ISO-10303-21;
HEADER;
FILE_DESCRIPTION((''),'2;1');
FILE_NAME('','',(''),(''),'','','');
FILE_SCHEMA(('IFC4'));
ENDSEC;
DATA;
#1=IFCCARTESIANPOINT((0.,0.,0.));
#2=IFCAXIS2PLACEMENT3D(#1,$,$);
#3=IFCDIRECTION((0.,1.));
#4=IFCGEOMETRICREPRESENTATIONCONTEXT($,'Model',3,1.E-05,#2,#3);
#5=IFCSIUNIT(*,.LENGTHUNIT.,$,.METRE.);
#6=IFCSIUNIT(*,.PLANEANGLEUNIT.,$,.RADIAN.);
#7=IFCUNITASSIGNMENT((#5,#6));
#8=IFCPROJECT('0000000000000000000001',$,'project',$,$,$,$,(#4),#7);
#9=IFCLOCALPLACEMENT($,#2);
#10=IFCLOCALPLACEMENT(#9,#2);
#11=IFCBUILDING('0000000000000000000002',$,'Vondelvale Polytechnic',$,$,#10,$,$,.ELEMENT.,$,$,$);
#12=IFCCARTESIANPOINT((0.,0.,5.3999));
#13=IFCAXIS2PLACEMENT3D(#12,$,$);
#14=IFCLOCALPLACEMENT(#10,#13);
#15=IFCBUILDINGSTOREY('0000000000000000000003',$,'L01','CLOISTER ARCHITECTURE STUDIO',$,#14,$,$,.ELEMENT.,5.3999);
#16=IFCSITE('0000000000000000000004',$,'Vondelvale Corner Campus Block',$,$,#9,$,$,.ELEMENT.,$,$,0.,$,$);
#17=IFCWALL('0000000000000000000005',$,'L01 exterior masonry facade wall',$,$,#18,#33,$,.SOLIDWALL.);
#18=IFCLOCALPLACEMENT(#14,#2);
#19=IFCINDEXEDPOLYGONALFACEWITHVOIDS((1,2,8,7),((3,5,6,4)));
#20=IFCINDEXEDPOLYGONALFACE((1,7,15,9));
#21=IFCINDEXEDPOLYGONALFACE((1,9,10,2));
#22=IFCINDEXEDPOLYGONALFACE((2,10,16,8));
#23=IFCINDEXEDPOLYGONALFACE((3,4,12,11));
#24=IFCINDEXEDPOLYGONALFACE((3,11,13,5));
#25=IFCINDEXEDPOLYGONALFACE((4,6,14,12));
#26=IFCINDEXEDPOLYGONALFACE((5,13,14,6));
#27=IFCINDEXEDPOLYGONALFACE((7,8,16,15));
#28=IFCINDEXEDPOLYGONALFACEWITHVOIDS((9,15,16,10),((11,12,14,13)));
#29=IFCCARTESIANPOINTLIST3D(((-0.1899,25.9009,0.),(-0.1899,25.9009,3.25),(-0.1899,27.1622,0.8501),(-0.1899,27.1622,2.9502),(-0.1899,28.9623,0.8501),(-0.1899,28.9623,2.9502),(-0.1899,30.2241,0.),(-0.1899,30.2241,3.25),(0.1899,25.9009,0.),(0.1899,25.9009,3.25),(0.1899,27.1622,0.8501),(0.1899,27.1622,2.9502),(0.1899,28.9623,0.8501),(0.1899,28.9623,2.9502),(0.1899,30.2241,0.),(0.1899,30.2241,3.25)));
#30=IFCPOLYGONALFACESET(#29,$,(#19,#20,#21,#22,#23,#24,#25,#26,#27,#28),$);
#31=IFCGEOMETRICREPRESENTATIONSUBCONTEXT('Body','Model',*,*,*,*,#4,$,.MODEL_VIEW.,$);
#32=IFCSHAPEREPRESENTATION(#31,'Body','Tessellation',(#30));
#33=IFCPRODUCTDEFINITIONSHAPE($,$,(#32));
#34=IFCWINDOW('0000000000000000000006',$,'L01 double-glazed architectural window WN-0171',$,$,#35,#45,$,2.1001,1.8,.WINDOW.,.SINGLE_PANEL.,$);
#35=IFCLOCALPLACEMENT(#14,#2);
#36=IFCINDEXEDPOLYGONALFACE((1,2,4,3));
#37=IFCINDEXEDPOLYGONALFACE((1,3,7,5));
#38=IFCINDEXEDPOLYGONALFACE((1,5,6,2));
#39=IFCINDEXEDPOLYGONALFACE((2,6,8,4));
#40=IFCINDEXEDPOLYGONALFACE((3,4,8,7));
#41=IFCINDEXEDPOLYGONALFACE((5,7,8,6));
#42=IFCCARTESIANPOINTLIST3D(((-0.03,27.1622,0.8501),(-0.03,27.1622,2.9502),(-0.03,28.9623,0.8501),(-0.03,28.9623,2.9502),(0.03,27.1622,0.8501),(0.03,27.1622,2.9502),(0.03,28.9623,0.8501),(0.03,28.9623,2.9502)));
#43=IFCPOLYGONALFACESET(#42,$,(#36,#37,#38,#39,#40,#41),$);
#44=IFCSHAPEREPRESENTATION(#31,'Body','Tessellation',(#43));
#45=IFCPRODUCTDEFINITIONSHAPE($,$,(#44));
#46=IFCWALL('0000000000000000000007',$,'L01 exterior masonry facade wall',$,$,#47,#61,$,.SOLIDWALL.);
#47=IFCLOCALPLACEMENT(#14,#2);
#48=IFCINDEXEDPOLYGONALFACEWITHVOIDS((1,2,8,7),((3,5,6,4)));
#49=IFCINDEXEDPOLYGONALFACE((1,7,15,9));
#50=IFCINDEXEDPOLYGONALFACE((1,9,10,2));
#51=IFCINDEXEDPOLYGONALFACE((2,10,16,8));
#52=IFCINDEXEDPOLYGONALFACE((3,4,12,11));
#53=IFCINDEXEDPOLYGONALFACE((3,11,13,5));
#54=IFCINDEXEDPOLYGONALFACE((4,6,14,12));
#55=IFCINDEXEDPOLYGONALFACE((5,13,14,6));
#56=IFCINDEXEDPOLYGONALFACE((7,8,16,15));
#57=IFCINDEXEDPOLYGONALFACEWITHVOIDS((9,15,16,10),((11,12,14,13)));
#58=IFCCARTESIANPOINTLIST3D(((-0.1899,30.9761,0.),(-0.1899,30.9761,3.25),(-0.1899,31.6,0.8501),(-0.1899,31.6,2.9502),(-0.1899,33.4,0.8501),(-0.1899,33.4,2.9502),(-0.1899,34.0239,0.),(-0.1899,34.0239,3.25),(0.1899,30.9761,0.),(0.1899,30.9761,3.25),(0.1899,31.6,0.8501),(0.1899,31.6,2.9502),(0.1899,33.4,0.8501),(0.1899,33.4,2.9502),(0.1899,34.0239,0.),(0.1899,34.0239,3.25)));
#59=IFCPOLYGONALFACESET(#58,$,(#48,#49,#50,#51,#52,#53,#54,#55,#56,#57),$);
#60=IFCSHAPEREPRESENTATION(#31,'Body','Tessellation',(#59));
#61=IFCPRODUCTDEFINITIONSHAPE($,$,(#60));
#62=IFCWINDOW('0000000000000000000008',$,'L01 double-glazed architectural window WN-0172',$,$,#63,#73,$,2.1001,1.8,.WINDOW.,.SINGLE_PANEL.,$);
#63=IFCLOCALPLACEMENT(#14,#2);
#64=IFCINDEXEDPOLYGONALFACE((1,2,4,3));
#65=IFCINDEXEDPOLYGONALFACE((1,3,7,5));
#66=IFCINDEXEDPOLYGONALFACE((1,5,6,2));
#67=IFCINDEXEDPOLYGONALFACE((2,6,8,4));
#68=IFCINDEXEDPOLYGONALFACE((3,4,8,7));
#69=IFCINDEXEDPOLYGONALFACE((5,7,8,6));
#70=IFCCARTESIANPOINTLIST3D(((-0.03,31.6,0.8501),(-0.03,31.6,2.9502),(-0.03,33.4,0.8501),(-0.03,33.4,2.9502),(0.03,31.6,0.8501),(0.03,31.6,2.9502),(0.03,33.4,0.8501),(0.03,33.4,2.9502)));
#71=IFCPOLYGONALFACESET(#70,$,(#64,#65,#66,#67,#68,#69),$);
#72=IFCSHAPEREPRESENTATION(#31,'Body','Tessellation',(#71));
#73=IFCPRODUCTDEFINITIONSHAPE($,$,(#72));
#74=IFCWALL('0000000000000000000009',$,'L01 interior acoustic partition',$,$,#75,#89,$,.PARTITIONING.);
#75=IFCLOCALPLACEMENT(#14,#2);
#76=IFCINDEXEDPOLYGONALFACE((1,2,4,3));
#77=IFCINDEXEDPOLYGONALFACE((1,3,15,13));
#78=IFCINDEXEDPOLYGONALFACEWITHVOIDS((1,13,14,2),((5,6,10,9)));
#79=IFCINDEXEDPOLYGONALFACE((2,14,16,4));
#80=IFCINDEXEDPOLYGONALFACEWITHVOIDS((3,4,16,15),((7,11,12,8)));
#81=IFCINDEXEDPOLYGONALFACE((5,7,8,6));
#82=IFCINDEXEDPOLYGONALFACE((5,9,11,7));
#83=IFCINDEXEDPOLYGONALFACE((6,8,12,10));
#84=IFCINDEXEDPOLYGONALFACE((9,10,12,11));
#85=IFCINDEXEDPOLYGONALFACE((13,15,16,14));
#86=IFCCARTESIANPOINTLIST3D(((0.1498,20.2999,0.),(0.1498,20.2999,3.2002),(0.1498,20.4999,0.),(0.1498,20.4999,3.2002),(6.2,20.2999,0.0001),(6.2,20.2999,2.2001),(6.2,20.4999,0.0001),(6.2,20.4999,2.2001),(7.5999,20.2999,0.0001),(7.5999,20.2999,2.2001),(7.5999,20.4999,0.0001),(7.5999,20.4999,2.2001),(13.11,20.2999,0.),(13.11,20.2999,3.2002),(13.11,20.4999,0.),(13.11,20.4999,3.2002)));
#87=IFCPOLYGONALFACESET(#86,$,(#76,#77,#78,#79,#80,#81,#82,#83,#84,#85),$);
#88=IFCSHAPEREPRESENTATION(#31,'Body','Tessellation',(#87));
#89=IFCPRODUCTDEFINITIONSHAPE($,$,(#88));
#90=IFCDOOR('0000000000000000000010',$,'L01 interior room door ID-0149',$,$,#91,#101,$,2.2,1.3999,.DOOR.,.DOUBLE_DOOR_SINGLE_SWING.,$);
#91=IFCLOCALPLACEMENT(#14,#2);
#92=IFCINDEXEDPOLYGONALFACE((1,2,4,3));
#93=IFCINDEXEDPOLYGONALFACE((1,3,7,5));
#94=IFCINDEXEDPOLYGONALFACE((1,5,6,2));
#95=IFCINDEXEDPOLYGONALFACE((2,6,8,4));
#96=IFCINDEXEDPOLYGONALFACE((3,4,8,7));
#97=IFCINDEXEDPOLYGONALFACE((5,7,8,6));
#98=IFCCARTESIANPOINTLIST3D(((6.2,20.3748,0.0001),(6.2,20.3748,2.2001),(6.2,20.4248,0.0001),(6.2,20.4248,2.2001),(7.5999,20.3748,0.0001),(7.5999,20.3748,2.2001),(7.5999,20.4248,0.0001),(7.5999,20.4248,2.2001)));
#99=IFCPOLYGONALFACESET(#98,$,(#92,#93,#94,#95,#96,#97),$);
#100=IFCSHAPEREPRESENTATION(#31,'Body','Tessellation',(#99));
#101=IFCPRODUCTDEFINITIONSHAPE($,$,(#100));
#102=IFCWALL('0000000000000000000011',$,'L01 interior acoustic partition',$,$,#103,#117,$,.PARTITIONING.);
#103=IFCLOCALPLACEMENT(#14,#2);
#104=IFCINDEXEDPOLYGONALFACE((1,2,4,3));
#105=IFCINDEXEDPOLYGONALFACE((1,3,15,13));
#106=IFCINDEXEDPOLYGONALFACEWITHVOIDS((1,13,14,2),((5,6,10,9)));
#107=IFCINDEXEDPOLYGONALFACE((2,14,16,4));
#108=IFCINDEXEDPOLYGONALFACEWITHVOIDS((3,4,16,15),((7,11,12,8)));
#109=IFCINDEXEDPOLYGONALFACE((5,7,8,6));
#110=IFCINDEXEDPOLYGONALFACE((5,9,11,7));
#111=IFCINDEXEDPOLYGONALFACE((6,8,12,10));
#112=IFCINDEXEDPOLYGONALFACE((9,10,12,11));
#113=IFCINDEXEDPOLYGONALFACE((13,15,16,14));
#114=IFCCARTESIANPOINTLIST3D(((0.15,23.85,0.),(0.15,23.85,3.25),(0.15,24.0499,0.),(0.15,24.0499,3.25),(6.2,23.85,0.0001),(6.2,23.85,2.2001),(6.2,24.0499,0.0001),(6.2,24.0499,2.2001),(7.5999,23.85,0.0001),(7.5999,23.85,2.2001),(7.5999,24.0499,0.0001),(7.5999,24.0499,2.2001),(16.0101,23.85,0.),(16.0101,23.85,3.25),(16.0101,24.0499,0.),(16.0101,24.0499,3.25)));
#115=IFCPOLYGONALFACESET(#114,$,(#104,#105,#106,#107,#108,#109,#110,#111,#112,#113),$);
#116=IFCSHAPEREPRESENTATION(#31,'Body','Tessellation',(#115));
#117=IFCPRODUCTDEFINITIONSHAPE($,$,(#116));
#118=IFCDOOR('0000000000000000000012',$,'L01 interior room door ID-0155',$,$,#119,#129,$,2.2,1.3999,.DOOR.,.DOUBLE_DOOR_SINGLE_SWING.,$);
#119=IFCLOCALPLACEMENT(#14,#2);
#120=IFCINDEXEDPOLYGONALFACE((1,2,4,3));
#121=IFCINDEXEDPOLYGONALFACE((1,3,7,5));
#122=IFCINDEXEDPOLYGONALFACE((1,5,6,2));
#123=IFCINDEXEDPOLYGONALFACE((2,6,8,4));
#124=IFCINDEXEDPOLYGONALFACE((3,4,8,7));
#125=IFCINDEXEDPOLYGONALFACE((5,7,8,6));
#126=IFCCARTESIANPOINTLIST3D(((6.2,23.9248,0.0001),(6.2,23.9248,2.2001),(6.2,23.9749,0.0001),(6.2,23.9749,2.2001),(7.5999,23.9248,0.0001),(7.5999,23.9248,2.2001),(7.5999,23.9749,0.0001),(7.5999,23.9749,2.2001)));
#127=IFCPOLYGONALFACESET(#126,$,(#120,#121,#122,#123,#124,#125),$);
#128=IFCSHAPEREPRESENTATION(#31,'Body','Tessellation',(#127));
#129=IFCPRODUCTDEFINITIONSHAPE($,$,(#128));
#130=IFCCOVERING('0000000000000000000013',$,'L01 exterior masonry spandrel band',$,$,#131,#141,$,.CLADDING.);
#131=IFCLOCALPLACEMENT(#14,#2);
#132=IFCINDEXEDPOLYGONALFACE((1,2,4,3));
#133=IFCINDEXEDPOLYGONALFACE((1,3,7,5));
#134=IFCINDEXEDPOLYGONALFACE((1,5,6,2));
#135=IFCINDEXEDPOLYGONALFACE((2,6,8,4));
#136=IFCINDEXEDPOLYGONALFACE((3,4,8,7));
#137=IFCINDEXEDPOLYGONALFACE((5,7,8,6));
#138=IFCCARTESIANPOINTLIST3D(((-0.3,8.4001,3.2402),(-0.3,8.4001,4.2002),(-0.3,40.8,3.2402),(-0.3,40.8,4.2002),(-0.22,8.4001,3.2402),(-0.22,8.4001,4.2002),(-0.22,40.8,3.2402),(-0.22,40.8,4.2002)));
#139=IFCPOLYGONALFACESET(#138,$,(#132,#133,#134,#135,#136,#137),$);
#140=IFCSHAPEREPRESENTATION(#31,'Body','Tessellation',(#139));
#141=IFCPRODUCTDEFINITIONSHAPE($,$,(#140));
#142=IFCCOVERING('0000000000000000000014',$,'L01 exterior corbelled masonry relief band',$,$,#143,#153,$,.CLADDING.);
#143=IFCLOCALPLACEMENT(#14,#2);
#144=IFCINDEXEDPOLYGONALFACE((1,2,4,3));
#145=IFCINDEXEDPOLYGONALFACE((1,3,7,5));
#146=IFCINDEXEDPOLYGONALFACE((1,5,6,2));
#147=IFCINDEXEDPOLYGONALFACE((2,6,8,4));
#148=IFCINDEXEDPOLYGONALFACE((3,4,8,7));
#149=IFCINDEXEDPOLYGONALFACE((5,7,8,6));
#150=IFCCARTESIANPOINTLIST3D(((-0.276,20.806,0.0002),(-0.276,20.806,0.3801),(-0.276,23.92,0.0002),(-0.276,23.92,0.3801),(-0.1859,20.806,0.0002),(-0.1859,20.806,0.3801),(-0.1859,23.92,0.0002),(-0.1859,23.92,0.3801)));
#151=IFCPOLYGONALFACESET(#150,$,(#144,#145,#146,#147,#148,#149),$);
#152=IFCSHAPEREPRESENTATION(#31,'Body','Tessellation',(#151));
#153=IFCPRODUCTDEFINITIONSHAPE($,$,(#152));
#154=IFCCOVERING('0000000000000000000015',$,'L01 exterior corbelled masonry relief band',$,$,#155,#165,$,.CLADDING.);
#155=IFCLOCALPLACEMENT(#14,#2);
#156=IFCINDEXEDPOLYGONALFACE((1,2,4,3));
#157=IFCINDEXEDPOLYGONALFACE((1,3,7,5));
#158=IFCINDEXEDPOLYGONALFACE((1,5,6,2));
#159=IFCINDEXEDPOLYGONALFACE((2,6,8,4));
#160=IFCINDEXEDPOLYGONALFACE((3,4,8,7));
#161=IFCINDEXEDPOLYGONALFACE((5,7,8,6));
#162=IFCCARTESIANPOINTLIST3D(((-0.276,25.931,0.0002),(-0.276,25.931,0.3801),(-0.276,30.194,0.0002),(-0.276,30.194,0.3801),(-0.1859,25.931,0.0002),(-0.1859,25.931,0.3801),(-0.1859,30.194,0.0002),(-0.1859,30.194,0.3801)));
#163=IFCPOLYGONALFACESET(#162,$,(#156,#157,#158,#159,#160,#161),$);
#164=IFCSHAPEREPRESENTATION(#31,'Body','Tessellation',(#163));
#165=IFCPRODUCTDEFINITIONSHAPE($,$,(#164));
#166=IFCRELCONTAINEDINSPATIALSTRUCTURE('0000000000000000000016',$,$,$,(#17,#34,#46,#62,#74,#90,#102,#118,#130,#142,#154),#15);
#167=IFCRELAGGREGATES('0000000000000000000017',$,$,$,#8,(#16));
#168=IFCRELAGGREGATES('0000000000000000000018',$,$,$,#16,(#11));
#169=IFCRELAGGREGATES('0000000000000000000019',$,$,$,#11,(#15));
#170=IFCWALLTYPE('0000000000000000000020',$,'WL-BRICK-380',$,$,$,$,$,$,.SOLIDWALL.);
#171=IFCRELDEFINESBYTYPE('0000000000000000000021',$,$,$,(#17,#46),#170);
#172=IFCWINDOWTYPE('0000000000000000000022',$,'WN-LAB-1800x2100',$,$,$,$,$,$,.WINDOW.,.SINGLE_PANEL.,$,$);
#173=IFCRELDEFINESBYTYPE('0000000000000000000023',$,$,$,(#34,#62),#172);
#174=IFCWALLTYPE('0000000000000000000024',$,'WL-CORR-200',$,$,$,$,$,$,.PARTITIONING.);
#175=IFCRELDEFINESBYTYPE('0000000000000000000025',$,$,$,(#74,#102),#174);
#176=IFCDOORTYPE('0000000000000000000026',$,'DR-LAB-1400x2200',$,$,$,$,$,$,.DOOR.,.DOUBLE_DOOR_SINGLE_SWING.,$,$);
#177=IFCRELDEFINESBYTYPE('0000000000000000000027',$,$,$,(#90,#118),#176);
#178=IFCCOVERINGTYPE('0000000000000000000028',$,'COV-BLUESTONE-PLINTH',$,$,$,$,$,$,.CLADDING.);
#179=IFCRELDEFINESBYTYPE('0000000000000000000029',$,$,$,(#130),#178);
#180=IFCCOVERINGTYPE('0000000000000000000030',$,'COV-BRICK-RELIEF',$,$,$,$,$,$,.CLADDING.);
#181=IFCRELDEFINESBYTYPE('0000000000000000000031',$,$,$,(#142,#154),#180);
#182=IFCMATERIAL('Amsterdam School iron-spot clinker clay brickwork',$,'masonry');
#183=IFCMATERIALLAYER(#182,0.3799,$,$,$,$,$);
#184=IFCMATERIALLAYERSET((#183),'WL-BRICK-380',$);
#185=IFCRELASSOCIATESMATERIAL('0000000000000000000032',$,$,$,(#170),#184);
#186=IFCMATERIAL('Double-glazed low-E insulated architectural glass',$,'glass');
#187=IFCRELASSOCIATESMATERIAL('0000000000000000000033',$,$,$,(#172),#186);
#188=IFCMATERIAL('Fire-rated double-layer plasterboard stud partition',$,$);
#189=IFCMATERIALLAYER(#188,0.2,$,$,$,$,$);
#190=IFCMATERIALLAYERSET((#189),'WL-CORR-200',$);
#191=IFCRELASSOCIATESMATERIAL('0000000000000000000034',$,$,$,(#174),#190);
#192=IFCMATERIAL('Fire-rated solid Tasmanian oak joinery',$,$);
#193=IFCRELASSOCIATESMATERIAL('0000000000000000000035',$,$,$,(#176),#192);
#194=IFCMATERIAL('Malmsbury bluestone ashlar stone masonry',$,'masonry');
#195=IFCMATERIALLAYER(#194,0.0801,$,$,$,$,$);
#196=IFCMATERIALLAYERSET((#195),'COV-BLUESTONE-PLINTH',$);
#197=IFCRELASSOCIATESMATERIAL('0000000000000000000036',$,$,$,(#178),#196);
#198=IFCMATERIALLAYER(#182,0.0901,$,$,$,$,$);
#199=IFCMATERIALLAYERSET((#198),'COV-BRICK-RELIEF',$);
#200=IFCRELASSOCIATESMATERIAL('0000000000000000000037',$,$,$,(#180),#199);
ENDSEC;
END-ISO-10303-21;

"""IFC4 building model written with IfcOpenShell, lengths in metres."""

from ifc_helpers import new_model, si_unit, direction, frame, frame_2d, origin, origin_2d, place, context, subcontext, project, spatial, rectangle, extrude, material, layer, layer_set, type_object, element, fill, save


model = new_model("IFC4")

# Units and contexts
model_context = context("Model", 3, precision=1e-05, world=origin(), true_north=direction((0.0, 1.0)))
body_context = subcontext(model_context, "Body", "Model", "MODEL_VIEW")
ifc_project = project(units=[si_unit("LENGTHUNIT", "METRE"), si_unit("PLANEANGLEUNIT", "RADIAN")], contexts=[model_context])

# Site, building, storey
site_placement = place(None, origin())
site = spatial("IfcSite", under=ifc_project, at=site_placement, Name="Vondelvale Corner Campus Block", CompositionType="ELEMENT", RefElevation=0.0)
building_placement = place(site_placement, origin())
building = spatial("IfcBuilding", under=site, at=building_placement, Name="Vondelvale Polytechnic", CompositionType="ELEMENT")
storey_placement = place(building_placement, frame((0.0, 0.0, 5.3999)))
storey = spatial("IfcBuildingStorey", under=building, at=storey_placement, Name="L01", Description="CLOISTER ARCHITECTURE STUDIO", CompositionType="ELEMENT", Elevation=5.3999)

# Shared definitions
ifc_material_1 = material(Name="Amsterdam School iron-spot clinker clay brickwork", Category="masonry")
ifc_layer_1 = layer(ifc_material_1, 0.3799)
ifc_layer_set_1 = layer_set([ifc_layer_1], Name="WL-BRICK-380")
wall_type_1 = type_object("IfcWallType", Name="WL-BRICK-380", PredefinedType="SOLIDWALL", material=ifc_layer_set_1)
ifc_material_2 = material(Name="Double-glazed low-E insulated architectural glass", Category="glass")

# Walls, openings, windows
wall_1_placement = place(storey_placement, frame((0.0, 25.9009, 0.0), z_axis=(0.0, 0.0, 1.0), x_axis=(0.0, 1.0, 0.0)))
wall_1 = element("IfcWall", 1, at=wall_1_placement, inside=storey, type_object=wall_type_1, Name="L01 exterior masonry facade wall", PredefinedType="SOLIDWALL", context=body_context, shape_type="SweptSolid", body=[
    extrude(rectangle(XDim=4.3232, YDim=0.3799, at=frame_2d((2.1616, 0.0))), origin(), (0.0, 0.0, 1.0), 3.25),
])
opening_1_placement = place(wall_1_placement, frame((1.2615, 0.0, 0.8501)))
opening_1 = element("IfcOpeningElement", 2, at=opening_1_placement, cuts=wall_1, PredefinedType="OPENING", context=body_context, shape_type="SweptSolid", body=[
    extrude(rectangle(XDim=1.8, YDim=2.1001, at=frame_2d((0.8999, 1.05))), frame((0.0, 0.2, 0.0), z_axis=(0.0, -1.0, 0.0), x_axis=(1.0, 0.0, 0.0)), (0.0, 0.0, 1.0), 0.3999),
])
window_type_1 = type_object("IfcWindowType", Name="WN-LAB-1800x2100", PartitioningType="SINGLE_PANEL", PredefinedType="WINDOW", material=ifc_material_2)
window_1_placement = place(opening_1_placement, origin())
window_1 = element("IfcWindow", 3, at=window_1_placement, inside=storey, type_object=window_type_1, Name="L01 double-glazed architectural window WN-0171", OverallHeight=2.1001, OverallWidth=1.8, PartitioningType="SINGLE_PANEL", PredefinedType="WINDOW", context=body_context, shape_type="SweptSolid", body=[
    extrude(rectangle(XDim=1.8, YDim=2.1001, at=frame_2d((0.8999, 1.05))), frame((0.0, 0.03, 0.0), z_axis=(0.0, -1.0, 0.0), x_axis=(1.0, 0.0, 0.0)), (0.0, 0.0, 1.0), 0.0601),
])
fill(opening_1, window_1)
wall_2_placement = place(storey_placement, frame((0.0, 30.9761, 0.0), z_axis=(0.0, 0.0, 1.0), x_axis=(0.0, 1.0, 0.0)))
wall_2 = element("IfcWall", 4, at=wall_2_placement, inside=storey, type_object=wall_type_1, Name="L01 exterior masonry facade wall", PredefinedType="SOLIDWALL", context=body_context, shape_type="SweptSolid", body=[
    extrude(rectangle(XDim=3.0479, YDim=0.3799, at=frame_2d((1.5239, 0.0))), origin(), (0.0, 0.0, 1.0), 3.25),
])
opening_2_placement = place(wall_2_placement, frame((0.624, 0.0, 0.8501)))
opening_2 = element("IfcOpeningElement", 5, at=opening_2_placement, cuts=wall_2, PredefinedType="OPENING", context=body_context, shape_type="SweptSolid", body=[
    extrude(rectangle(XDim=1.8, YDim=2.1001, at=frame_2d((0.8999, 1.05))), frame((0.0, 0.2, 0.0), z_axis=(0.0, -1.0, 0.0), x_axis=(1.0, 0.0, 0.0)), (0.0, 0.0, 1.0), 0.3999),
])
window_2_placement = place(opening_2_placement, origin())
window_2 = element("IfcWindow", 6, at=window_2_placement, inside=storey, type_object=window_type_1, Name="L01 double-glazed architectural window WN-0172", OverallHeight=2.1001, OverallWidth=1.8, PartitioningType="SINGLE_PANEL", PredefinedType="WINDOW", context=body_context, shape_type="SweptSolid", body=[
    extrude(rectangle(XDim=1.8, YDim=2.1001, at=frame_2d((0.8999, 1.05))), frame((0.0, 0.03, 0.0), z_axis=(0.0, -1.0, 0.0), x_axis=(1.0, 0.0, 0.0)), (0.0, 0.0, 1.0), 0.0601),
])
fill(opening_2, window_2)

# Walls, openings, doors
ifc_material_3 = material(Name="Fire-rated double-layer plasterboard stud partition")
ifc_layer_2 = layer(ifc_material_3, 0.2)
ifc_layer_set_2 = layer_set([ifc_layer_2], Name="WL-CORR-200")
wall_type_2 = type_object("IfcWallType", Name="WL-CORR-200", PredefinedType="PARTITIONING", material=ifc_layer_set_2)
wall_3_placement = place(storey_placement, frame((0.1499, 20.3999, 0.0), z_axis=(0.0, 0.0, 1.0), x_axis=(1.0, 0.0, 0.0)))
wall_3 = element("IfcWall", 7, at=wall_3_placement, inside=storey, type_object=wall_type_2, Name="L01 interior acoustic partition", PredefinedType="PARTITIONING", context=body_context, shape_type="SweptSolid", body=[
    extrude(rectangle(XDim=12.9602, YDim=0.2, at=frame_2d((6.48, 0.0))), origin(), (0.0, 0.0, 1.0), 3.2002),
])
opening_3_placement = place(wall_3_placement, frame((6.05, 0.0, 0.0)))
opening_3 = element("IfcOpeningElement", 8, at=opening_3_placement, cuts=wall_3, PredefinedType="OPENING", context=body_context, shape_type="SweptSolid", body=[
    extrude(rectangle(XDim=1.3999, YDim=2.2, at=frame_2d((0.7, 1.1001))), frame((0.0, 0.1099, 0.0), z_axis=(0.0, -1.0, 0.0), x_axis=(1.0, 0.0, 0.0)), (0.0, 0.0, 1.0), 0.22),
])
ifc_material_4 = material(Name="Fire-rated solid Tasmanian oak joinery")
door_type = type_object("IfcDoorType", Name="DR-LAB-1400x2200", OperationType="DOUBLE_DOOR_SINGLE_SWING", PredefinedType="DOOR", material=ifc_material_4)
door_1_placement = place(opening_3_placement, origin())
door_1 = element("IfcDoor", 9, at=door_1_placement, inside=storey, type_object=door_type, Name="L01 interior room door ID-0149", OperationType="DOUBLE_DOOR_SINGLE_SWING", OverallHeight=2.2, OverallWidth=1.3999, PredefinedType="DOOR", context=body_context, shape_type="SweptSolid", body=[
    extrude(rectangle(XDim=1.3999, YDim=2.2, at=frame_2d((0.7, 1.1001))), frame((0.0, 0.0249, 0.0), z_axis=(0.0, -1.0, 0.0), x_axis=(1.0, 0.0, 0.0)), (0.0, 0.0, 1.0), 0.05),
])
fill(opening_3, door_1)
wall_4_placement = place(storey_placement, frame((0.1499, 23.95, 0.0), z_axis=(0.0, 0.0, 1.0), x_axis=(1.0, 0.0, 0.0)))
wall_4 = element("IfcWall", 10, at=wall_4_placement, inside=storey, type_object=wall_type_2, Name="L01 interior acoustic partition", PredefinedType="PARTITIONING", context=body_context, shape_type="SweptSolid", body=[
    extrude(rectangle(XDim=15.8601, YDim=0.2, at=frame_2d((7.9302, 0.0))), origin(), (0.0, 0.0, 1.0), 3.25),
])
opening_4_placement = place(wall_4_placement, frame((6.05, 0.0, 0.0)))
opening_4 = element("IfcOpeningElement", 11, at=opening_4_placement, cuts=wall_4, PredefinedType="OPENING", context=body_context, shape_type="SweptSolid", body=[
    extrude(rectangle(XDim=1.3999, YDim=2.2, at=frame_2d((0.7, 1.1001))), frame((0.0, 0.1099, 0.0), z_axis=(0.0, -1.0, 0.0), x_axis=(1.0, 0.0, 0.0)), (0.0, 0.0, 1.0), 0.22),
])
door_2_placement = place(opening_4_placement, origin())
door_2 = element("IfcDoor", 12, at=door_2_placement, inside=storey, type_object=door_type, Name="L01 interior room door ID-0155", OperationType="DOUBLE_DOOR_SINGLE_SWING", OverallHeight=2.2, OverallWidth=1.3999, PredefinedType="DOOR", context=body_context, shape_type="SweptSolid", body=[
    extrude(rectangle(XDim=1.3999, YDim=2.2, at=frame_2d((0.7, 1.1001))), frame((0.0, 0.0249, 0.0), z_axis=(0.0, -1.0, 0.0), x_axis=(1.0, 0.0, 0.0)), (0.0, 0.0, 1.0), 0.05),
])
fill(opening_4, door_2)

# Coverings
ifc_material_5 = material(Name="Malmsbury bluestone ashlar stone masonry", Category="masonry")
ifc_layer_3 = layer(ifc_material_5, 0.0801)
ifc_layer_set_3 = layer_set([ifc_layer_3], Name="COV-BLUESTONE-PLINTH")
covering_type_1 = type_object("IfcCoveringType", Name="COV-BLUESTONE-PLINTH", PredefinedType="CLADDING", material=ifc_layer_set_3)
covering_1_placement = place(storey_placement, frame((-0.26, 24.6001, 3.2402), z_axis=(0.0, 0.0, 1.0), x_axis=(0.0, 1.0, 0.0)))
element("IfcCovering", 13, at=covering_1_placement, inside=storey, type_object=covering_type_1, Name="L01 exterior masonry spandrel band", PredefinedType="CLADDING", context=body_context, shape_type="SweptSolid", body=[
    extrude(rectangle(XDim=32.3999, YDim=0.0801, at=origin_2d()), origin(), (0.0, 0.0, 1.0), 0.96),
])
ifc_layer_4 = layer(ifc_material_1, 0.0901)
ifc_layer_set_4 = layer_set([ifc_layer_4], Name="COV-BRICK-RELIEF")
covering_type_2 = type_object("IfcCoveringType", Name="COV-BRICK-RELIEF", PredefinedType="CLADDING", material=ifc_layer_set_4)
covering_2_placement = place(storey_placement, frame((-0.231, 22.363, 0.0002), z_axis=(0.0, 0.0, 1.0), x_axis=(0.0, 1.0, 0.0)))
element("IfcCovering", 14, at=covering_2_placement, inside=storey, type_object=covering_type_2, Name="L01 exterior corbelled masonry relief band", PredefinedType="CLADDING", context=body_context, shape_type="SweptSolid", body=[
    extrude(rectangle(XDim=3.114, YDim=0.0901, at=origin_2d()), origin(), (0.0, 0.0, 1.0), 0.3799),
])
covering_3_placement = place(storey_placement, frame((-0.231, 28.0625, 0.0002), z_axis=(0.0, 0.0, 1.0), x_axis=(0.0, 1.0, 0.0)))
element("IfcCovering", 15, at=covering_3_placement, inside=storey, type_object=covering_type_2, Name="L01 exterior corbelled masonry relief band", PredefinedType="CLADDING", context=body_context, shape_type="SweptSolid", body=[
    extrude(rectangle(XDim=4.2629, YDim=0.0901, at=origin_2d()), origin(), (0.0, 0.0, 1.0), 0.3799),
])

save(model, "model.ifc")
